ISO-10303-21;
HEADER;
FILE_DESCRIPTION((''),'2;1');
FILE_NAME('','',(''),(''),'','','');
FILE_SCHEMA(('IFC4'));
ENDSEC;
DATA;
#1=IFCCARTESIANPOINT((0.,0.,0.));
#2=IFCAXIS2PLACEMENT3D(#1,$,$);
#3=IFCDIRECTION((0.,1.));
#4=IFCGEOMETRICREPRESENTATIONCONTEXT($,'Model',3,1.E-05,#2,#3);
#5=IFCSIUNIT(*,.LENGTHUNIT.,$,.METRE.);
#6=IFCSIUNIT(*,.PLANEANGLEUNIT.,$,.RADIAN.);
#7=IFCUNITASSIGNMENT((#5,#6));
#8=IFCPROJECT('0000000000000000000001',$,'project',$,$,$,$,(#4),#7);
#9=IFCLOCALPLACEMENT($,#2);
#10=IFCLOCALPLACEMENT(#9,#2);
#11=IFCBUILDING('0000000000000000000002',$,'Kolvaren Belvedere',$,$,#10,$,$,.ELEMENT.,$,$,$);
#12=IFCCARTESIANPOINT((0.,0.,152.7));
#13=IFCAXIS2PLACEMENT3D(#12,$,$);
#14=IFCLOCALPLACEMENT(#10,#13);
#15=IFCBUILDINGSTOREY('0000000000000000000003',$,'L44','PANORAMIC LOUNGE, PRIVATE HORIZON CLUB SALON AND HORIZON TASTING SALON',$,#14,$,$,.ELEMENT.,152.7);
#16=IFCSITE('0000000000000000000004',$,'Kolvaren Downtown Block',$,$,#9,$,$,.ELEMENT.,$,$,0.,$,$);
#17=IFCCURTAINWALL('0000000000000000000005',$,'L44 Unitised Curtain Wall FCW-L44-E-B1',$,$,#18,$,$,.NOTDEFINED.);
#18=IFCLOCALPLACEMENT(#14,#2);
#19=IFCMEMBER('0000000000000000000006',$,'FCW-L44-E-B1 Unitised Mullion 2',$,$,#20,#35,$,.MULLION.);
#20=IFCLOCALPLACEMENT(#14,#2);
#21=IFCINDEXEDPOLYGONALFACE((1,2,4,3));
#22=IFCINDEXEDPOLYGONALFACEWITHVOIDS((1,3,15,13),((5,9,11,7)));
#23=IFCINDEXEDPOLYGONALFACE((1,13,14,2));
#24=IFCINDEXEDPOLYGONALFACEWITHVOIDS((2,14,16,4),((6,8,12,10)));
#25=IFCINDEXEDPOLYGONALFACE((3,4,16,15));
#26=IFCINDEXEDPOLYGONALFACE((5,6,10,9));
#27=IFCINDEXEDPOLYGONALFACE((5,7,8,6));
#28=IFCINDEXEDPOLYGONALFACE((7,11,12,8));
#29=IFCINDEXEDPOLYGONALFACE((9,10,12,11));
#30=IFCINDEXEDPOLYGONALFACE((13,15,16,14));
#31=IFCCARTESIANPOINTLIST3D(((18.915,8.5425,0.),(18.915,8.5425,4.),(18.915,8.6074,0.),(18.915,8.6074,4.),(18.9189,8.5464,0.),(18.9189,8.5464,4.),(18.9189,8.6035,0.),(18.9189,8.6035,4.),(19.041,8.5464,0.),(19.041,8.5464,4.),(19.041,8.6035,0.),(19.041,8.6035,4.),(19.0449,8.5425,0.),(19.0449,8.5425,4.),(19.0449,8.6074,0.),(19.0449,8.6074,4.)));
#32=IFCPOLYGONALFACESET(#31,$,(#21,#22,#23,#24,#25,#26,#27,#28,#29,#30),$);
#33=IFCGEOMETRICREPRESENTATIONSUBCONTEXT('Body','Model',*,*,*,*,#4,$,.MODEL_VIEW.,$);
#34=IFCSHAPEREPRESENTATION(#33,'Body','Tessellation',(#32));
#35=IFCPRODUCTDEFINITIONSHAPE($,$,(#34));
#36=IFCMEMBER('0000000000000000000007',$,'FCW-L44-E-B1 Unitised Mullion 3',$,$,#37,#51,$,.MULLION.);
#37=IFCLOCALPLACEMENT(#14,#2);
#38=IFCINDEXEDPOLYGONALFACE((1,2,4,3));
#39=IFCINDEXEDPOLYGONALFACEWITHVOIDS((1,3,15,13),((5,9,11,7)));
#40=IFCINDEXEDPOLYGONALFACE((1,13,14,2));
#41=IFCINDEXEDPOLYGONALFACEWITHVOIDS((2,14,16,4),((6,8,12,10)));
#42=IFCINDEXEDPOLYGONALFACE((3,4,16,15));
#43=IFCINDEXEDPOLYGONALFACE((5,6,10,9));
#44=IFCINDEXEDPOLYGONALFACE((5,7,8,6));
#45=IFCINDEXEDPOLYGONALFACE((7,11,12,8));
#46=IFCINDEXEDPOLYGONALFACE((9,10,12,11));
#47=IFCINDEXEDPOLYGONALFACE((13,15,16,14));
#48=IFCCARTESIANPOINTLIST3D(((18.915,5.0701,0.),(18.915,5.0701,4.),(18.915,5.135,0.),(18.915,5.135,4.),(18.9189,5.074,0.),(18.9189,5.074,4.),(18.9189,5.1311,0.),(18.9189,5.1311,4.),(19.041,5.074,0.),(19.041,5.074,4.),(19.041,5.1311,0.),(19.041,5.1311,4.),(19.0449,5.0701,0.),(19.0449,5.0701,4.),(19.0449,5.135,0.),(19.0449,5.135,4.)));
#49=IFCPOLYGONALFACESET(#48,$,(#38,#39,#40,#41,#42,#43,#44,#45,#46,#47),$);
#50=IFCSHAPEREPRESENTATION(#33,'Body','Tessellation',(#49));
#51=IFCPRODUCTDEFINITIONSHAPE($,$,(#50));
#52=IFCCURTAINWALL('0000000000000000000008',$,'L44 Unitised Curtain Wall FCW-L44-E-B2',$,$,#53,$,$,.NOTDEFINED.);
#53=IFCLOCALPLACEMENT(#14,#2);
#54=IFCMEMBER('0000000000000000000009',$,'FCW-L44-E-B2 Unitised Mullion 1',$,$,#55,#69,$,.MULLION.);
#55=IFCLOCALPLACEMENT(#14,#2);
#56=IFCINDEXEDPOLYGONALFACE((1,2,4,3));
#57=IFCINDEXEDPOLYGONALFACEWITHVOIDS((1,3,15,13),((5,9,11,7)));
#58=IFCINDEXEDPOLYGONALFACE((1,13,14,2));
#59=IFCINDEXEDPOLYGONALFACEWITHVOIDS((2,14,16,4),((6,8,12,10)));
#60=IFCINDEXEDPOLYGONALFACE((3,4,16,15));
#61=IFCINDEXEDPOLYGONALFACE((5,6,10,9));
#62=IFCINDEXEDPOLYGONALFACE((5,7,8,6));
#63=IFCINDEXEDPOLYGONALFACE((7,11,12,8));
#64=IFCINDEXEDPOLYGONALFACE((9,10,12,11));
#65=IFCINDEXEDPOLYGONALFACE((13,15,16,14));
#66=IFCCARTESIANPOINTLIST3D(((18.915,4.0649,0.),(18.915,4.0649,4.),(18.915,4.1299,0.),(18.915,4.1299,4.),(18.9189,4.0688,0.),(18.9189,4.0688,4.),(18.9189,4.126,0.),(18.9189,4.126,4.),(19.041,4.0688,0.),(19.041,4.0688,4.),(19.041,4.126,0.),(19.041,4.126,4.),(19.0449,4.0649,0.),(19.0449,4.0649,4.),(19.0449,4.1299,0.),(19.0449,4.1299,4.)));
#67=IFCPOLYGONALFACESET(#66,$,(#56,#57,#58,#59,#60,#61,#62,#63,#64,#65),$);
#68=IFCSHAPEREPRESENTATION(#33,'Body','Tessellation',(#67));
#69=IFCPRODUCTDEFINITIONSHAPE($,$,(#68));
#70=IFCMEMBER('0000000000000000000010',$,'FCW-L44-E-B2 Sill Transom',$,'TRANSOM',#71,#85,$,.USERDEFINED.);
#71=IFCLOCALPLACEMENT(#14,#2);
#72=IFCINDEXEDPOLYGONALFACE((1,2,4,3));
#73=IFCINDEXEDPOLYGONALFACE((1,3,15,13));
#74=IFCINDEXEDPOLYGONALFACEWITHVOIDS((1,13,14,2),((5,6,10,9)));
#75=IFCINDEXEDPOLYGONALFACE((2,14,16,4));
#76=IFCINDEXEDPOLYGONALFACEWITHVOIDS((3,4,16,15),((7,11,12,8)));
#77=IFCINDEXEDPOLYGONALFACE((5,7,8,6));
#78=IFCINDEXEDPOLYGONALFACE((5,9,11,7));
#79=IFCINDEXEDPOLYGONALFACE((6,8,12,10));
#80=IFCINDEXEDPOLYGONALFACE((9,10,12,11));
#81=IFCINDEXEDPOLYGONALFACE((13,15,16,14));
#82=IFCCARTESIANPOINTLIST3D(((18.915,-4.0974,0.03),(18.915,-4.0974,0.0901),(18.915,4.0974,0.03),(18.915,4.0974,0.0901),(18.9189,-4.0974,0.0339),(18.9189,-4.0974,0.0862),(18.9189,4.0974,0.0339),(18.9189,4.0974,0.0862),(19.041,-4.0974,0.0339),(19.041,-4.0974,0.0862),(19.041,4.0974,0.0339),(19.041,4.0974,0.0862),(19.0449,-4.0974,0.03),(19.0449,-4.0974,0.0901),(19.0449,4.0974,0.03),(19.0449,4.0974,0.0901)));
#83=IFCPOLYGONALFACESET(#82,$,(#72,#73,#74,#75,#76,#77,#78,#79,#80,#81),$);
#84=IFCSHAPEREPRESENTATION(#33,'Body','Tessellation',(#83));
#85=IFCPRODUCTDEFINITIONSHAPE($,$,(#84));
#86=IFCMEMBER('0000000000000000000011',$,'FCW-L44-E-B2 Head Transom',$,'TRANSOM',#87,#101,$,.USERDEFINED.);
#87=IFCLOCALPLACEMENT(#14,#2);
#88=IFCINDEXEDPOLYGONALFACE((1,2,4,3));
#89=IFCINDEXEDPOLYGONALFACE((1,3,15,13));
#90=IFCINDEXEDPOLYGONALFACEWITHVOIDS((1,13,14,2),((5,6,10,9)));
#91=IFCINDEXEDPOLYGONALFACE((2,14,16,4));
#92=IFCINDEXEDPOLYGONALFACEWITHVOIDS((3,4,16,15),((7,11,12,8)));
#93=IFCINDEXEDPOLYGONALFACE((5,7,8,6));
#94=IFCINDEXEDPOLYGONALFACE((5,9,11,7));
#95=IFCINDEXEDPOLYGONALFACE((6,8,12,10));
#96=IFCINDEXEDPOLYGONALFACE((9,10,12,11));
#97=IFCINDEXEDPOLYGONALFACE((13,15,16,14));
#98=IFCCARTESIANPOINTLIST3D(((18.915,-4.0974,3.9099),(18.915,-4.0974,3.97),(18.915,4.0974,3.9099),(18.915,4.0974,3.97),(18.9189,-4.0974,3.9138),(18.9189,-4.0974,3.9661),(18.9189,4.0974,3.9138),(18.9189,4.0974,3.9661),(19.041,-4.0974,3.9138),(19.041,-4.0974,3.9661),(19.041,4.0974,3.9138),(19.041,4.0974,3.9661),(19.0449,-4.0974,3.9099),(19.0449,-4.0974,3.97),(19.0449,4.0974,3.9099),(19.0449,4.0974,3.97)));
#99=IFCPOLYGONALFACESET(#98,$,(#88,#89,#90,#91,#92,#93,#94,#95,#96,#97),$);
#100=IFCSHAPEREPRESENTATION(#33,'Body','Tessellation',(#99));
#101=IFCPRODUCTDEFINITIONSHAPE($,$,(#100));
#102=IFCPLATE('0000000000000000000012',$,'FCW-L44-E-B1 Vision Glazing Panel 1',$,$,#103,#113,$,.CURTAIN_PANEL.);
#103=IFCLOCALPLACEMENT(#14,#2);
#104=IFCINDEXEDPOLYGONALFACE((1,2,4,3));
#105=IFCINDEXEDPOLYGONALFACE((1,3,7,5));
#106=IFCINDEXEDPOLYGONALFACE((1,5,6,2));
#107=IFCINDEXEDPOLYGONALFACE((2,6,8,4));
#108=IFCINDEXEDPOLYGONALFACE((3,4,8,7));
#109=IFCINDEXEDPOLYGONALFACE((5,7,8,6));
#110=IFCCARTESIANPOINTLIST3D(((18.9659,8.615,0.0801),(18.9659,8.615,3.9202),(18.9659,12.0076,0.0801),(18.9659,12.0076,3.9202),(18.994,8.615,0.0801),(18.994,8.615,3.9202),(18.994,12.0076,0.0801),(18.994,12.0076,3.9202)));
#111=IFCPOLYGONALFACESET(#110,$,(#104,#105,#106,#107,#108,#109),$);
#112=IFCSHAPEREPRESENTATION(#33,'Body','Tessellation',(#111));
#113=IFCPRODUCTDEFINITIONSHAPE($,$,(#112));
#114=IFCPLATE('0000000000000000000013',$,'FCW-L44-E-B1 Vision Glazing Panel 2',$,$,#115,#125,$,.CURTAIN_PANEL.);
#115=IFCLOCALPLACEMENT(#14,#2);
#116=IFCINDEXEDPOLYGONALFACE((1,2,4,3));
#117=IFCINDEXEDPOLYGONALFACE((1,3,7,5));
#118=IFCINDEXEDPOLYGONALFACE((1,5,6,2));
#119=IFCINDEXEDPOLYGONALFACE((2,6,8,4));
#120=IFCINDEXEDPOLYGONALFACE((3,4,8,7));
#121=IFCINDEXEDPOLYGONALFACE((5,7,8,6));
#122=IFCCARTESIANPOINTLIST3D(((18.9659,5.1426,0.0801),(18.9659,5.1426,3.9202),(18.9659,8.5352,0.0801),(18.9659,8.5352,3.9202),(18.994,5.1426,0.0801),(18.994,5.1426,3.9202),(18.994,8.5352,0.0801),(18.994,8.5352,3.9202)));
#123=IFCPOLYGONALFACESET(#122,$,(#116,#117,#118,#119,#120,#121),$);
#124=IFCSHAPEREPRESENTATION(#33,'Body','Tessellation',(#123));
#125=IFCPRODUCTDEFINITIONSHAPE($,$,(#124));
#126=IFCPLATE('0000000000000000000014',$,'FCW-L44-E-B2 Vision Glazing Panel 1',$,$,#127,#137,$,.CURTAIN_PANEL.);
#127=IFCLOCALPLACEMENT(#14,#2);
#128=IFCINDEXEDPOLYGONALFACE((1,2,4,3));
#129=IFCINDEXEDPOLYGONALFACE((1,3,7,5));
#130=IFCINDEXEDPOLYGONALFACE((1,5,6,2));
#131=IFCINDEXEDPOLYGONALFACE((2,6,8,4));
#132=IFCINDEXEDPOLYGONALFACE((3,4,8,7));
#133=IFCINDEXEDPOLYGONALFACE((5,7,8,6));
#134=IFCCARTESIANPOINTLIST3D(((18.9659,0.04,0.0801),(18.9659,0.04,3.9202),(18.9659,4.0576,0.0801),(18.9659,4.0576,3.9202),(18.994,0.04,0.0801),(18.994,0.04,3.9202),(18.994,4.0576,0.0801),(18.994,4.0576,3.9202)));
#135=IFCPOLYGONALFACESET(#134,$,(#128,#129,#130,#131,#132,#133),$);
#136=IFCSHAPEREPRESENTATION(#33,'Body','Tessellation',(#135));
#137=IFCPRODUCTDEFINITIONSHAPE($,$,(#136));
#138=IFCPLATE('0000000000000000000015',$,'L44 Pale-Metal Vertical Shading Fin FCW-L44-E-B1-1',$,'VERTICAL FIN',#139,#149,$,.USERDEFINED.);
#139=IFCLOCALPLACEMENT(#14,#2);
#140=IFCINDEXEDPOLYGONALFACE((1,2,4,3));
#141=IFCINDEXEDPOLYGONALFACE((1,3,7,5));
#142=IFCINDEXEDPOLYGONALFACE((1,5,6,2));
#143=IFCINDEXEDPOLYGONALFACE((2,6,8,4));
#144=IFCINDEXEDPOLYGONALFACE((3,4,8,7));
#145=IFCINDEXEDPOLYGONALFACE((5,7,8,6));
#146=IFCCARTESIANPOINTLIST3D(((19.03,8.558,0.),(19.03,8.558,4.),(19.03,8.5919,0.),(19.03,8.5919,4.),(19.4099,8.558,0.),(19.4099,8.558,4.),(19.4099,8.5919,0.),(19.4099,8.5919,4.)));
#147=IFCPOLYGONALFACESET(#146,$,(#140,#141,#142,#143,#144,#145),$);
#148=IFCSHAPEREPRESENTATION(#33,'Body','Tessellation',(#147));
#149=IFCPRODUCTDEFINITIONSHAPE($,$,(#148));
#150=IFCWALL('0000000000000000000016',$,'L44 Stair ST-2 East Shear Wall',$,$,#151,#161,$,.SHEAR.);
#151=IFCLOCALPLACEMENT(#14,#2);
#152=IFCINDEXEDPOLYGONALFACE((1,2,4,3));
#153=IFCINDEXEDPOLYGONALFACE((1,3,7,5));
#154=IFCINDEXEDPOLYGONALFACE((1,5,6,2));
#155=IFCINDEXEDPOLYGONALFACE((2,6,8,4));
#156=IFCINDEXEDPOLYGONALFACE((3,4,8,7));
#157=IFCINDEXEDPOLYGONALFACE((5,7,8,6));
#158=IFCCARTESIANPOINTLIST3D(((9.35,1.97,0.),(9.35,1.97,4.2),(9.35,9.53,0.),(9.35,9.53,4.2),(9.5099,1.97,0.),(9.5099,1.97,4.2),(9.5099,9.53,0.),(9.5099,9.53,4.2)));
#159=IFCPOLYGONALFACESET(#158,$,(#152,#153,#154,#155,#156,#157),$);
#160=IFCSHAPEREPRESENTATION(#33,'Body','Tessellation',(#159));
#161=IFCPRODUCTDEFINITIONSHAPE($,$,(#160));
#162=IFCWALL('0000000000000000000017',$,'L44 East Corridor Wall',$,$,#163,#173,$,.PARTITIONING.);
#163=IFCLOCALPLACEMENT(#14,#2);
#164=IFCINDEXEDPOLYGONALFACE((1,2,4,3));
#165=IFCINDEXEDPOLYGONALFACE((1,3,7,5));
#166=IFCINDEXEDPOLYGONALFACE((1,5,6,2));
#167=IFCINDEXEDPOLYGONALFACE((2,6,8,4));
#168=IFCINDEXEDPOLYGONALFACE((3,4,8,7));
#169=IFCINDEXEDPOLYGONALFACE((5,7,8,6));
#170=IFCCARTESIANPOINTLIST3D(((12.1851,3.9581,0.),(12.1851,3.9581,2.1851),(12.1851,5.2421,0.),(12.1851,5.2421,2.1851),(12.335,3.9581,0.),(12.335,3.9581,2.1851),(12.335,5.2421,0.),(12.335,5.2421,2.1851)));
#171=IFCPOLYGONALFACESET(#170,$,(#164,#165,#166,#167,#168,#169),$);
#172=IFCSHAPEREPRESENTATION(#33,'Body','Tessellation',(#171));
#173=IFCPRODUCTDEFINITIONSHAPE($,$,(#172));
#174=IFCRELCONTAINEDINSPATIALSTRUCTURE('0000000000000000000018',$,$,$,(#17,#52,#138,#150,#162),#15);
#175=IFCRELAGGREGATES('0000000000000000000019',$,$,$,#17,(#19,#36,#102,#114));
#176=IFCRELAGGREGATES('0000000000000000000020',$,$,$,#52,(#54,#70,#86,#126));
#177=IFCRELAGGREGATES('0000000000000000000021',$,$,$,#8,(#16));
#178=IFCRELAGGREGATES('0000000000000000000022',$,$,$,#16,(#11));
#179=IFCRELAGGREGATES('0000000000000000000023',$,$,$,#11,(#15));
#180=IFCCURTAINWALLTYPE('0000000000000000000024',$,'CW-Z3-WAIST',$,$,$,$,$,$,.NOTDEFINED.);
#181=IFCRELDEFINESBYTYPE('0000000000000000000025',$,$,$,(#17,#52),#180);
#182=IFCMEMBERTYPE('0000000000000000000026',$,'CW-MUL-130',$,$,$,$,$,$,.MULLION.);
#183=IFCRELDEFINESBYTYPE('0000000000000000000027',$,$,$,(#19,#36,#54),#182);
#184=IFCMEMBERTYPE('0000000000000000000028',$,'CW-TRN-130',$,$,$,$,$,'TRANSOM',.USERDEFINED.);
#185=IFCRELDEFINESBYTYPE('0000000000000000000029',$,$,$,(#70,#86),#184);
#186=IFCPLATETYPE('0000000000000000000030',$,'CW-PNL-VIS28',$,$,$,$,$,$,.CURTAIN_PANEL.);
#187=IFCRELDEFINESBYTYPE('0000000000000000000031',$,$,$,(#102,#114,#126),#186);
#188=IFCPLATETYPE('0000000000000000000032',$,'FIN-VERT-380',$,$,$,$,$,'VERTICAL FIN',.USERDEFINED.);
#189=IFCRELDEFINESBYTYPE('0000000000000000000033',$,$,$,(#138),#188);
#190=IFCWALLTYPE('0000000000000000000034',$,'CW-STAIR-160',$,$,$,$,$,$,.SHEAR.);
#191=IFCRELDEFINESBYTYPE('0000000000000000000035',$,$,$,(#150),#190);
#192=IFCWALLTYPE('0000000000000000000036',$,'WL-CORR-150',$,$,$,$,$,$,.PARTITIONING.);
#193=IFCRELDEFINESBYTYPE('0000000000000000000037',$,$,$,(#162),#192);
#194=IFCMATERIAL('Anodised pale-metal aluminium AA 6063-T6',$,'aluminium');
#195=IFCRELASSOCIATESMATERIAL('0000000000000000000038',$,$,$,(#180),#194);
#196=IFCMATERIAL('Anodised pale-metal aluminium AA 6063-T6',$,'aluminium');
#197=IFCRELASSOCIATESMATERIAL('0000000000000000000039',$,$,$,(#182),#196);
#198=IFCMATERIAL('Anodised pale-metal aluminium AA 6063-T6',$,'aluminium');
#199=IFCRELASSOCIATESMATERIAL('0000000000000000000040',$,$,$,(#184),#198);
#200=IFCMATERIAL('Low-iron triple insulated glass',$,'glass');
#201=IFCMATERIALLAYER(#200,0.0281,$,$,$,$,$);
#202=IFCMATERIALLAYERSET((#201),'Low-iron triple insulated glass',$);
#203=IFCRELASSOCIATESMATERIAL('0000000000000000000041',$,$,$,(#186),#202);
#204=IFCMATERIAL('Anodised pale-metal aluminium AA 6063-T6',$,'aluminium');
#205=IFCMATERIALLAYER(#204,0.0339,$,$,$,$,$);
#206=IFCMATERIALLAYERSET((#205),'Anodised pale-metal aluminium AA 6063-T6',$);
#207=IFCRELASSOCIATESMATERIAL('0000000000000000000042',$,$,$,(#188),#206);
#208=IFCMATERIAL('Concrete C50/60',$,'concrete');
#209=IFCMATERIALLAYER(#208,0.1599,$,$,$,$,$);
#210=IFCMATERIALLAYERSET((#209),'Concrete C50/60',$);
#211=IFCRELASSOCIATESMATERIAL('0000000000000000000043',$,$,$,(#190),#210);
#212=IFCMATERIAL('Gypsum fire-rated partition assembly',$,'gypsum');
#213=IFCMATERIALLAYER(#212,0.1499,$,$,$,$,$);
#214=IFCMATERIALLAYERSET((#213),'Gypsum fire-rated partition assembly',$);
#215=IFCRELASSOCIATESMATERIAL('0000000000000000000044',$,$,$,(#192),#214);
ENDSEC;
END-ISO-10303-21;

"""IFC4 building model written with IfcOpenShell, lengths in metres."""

from ifc_helpers import new_model, si_unit, direction, frame, frame_2d, origin, origin_2d, place, context, subcontext, project, spatial, rectangle, hollow_rectangle, extrude, material, layer, layer_set, material_profile, profile_set, type_object, element, aggregate, save


model = new_model("IFC4")

# Units and contexts
model_context = context("Model", 3, precision=1e-05, world=origin(), true_north=direction((0.0, 1.0)))
body_context = subcontext(model_context, "Body", "Model", "MODEL_VIEW")
ifc_project = project(units=[si_unit("LENGTHUNIT", "METRE"), si_unit("PLANEANGLEUNIT", "RADIAN")], contexts=[model_context])

# Site, building, storey
site_placement = place(None, origin())
site = spatial("IfcSite", under=ifc_project, at=site_placement, Name="Kolvaren Downtown Block", CompositionType="ELEMENT", RefElevation=0.0)
building_placement = place(site_placement, origin())
building = spatial("IfcBuilding", under=site, at=building_placement, Name="Kolvaren Belvedere", CompositionType="ELEMENT")
storey_placement = place(building_placement, frame((0.0, 0.0, 152.7)))
storey = spatial("IfcBuildingStorey", under=building, at=storey_placement, Name="L44", Description="PANORAMIC LOUNGE, PRIVATE HORIZON CLUB SALON AND HORIZON TASTING SALON", CompositionType="ELEMENT", Elevation=152.7)

# Curtain walls, members
ifc_material_1 = material(Name="Anodised pale-metal aluminium AA 6063-T6", Category="aluminium")
curtain_wall_type = type_object("IfcCurtainWallType", Name="CW-Z3-WAIST", PredefinedType="NOTDEFINED", material=ifc_material_1)
curtain_wall_1_placement = place(storey_placement, origin())
curtain_wall_1 = element("IfcCurtainWall", 1, at=curtain_wall_1_placement, inside=storey, type_object=curtain_wall_type, Name="L44 Unitised Curtain Wall FCW-L44-E-B1", PredefinedType="NOTDEFINED")
ifc_material_2 = material(Name="Anodised pale-metal aluminium AA 6063-T6", Category="aluminium")
ifc_material_profile_1 = material_profile(ifc_material_2, hollow_rectangle(XDim=0.0649, YDim=0.1299, WallThickness=0.0039, at=origin_2d()), Name="ALU-MUL-130X65")
ifc_profile_set_1 = profile_set([ifc_material_profile_1], Name="Anodised pale-metal aluminium AA 6063-T6")
member_type_1 = type_object("IfcMemberType", Name="CW-MUL-130", PredefinedType="MULLION", material=ifc_profile_set_1)
member_1_placement = place(storey_placement, frame((18.98, 8.575, 0.0), z_axis=(0.0, 0.0, 1.0), x_axis=(0.0, 1.0, 0.0)))
member_1 = element("IfcMember", 2, at=member_1_placement, type_object=member_type_1, Name="FCW-L44-E-B1 Unitised Mullion 2", PredefinedType="MULLION", context=body_context, shape_type="SweptSolid", body=[
    extrude(hollow_rectangle(XDim=0.0649, YDim=0.1299, WallThickness=0.0039, at=origin_2d()), origin(), (0.0, 0.0, 1.0), 4.0),
])
member_2_placement = place(storey_placement, frame((18.98, 5.1025, 0.0), z_axis=(0.0, 0.0, 1.0), x_axis=(0.0, 1.0, 0.0)))
member_2 = element("IfcMember", 3, at=member_2_placement, type_object=member_type_1, Name="FCW-L44-E-B1 Unitised Mullion 3", PredefinedType="MULLION", context=body_context, shape_type="SweptSolid", body=[
    extrude(hollow_rectangle(XDim=0.0649, YDim=0.1299, WallThickness=0.0039, at=origin_2d()), origin(), (0.0, 0.0, 1.0), 4.0),
])
curtain_wall_2_placement = place(storey_placement, origin())
curtain_wall_2 = element("IfcCurtainWall", 4, at=curtain_wall_2_placement, inside=storey, type_object=curtain_wall_type, Name="L44 Unitised Curtain Wall FCW-L44-E-B2", PredefinedType="NOTDEFINED")
member_3_placement = place(storey_placement, frame((18.98, 4.0974, 0.0), z_axis=(0.0, 0.0, 1.0), x_axis=(0.0, 1.0, 0.0)))
member_3 = element("IfcMember", 5, at=member_3_placement, type_object=member_type_1, Name="FCW-L44-E-B2 Unitised Mullion 1", PredefinedType="MULLION", context=body_context, shape_type="SweptSolid", body=[
    extrude(hollow_rectangle(XDim=0.0649, YDim=0.1299, WallThickness=0.0039, at=origin_2d()), origin(), (0.0, 0.0, 1.0), 4.0),
])
ifc_material_3 = material(Name="Anodised pale-metal aluminium AA 6063-T6", Category="aluminium")
ifc_material_profile_2 = material_profile(ifc_material_3, hollow_rectangle(XDim=0.0601, YDim=0.1299, WallThickness=0.0039, at=origin_2d()), Name="ALU-TRN-130X60")
ifc_profile_set_2 = profile_set([ifc_material_profile_2], Name="Anodised pale-metal aluminium AA 6063-T6")
member_type_2 = type_object("IfcMemberType", Name="CW-TRN-130", ElementType="TRANSOM", PredefinedType="USERDEFINED", material=ifc_profile_set_2)
member_4_placement = place(storey_placement, frame((18.98, 4.0974, 0.0601), z_axis=(0.0, -1.0, 0.0), x_axis=(0.0, 0.0, 1.0)))
member_4 = element("IfcMember", 6, at=member_4_placement, type_object=member_type_2, Name="FCW-L44-E-B2 Sill Transom", ObjectType="TRANSOM", PredefinedType="USERDEFINED", context=body_context, shape_type="SweptSolid", body=[
    extrude(hollow_rectangle(XDim=0.0601, YDim=0.1299, WallThickness=0.0039, at=origin_2d()), origin(), (0.0, 0.0, 1.0), 8.1948),
])
member_5_placement = place(storey_placement, frame((18.98, 4.0974, 3.9399), z_axis=(0.0, -1.0, 0.0), x_axis=(0.0, 0.0, 1.0)))
member_5 = element("IfcMember", 7, at=member_5_placement, type_object=member_type_2, Name="FCW-L44-E-B2 Head Transom", ObjectType="TRANSOM", PredefinedType="USERDEFINED", context=body_context, shape_type="SweptSolid", body=[
    extrude(hollow_rectangle(XDim=0.0601, YDim=0.1299, WallThickness=0.0039, at=origin_2d()), origin(), (0.0, 0.0, 1.0), 8.1948),
])

# Plates
ifc_material_4 = material(Name="Low-iron triple insulated glass", Category="glass")
ifc_layer_1 = layer(ifc_material_4, 0.0281)
ifc_layer_set_1 = layer_set([ifc_layer_1], Name="Low-iron triple insulated glass")
plate_type_1 = type_object("IfcPlateType", Name="CW-PNL-VIS28", PredefinedType="CURTAIN_PANEL", material=ifc_layer_set_1)
plate_1_placement = place(storey_placement, frame((18.98, 10.3113, 0.0801), z_axis=(0.0, 0.0, 1.0), x_axis=(0.0, -1.0, 0.0)))
plate_1 = element("IfcPlate", 8, at=plate_1_placement, type_object=plate_type_1, Name="FCW-L44-E-B1 Vision Glazing Panel 1", PredefinedType="CURTAIN_PANEL", context=body_context, shape_type="SweptSolid", body=[
    extrude(rectangle(XDim=3.3926, YDim=0.0281, at=origin_2d()), origin(), (0.0, 0.0, 1.0), 3.8401),
])
plate_2_placement = place(storey_placement, frame((18.98, 6.8389, 0.0801), z_axis=(0.0, 0.0, 1.0), x_axis=(0.0, -1.0, 0.0)))
plate_2 = element("IfcPlate", 9, at=plate_2_placement, type_object=plate_type_1, Name="FCW-L44-E-B1 Vision Glazing Panel 2", PredefinedType="CURTAIN_PANEL", context=body_context, shape_type="SweptSolid", body=[
    extrude(rectangle(XDim=3.3926, YDim=0.0281, at=origin_2d()), origin(), (0.0, 0.0, 1.0), 3.8401),
])
aggregate(curtain_wall_1, [member_1, member_2, plate_1, plate_2])
plate_3_placement = place(storey_placement, frame((18.98, 2.0488, 0.0801), z_axis=(0.0, 0.0, 1.0), x_axis=(0.0, -1.0, 0.0)))
plate_3 = element("IfcPlate", 10, at=plate_3_placement, type_object=plate_type_1, Name="FCW-L44-E-B2 Vision Glazing Panel 1", PredefinedType="CURTAIN_PANEL", context=body_context, shape_type="SweptSolid", body=[
    extrude(rectangle(XDim=4.0176, YDim=0.0281, at=origin_2d()), origin(), (0.0, 0.0, 1.0), 3.8401),
])
aggregate(curtain_wall_2, [member_3, member_4, member_5, plate_3])
ifc_material_5 = material(Name="Anodised pale-metal aluminium AA 6063-T6", Category="aluminium")
ifc_layer_2 = layer(ifc_material_5, 0.0339)
ifc_layer_set_2 = layer_set([ifc_layer_2], Name="Anodised pale-metal aluminium AA 6063-T6")
plate_type_2 = type_object("IfcPlateType", Name="FIN-VERT-380", ElementType="VERTICAL FIN", PredefinedType="USERDEFINED", material=ifc_layer_set_2)
plate_4_placement = place(storey_placement, frame((19.22, 8.575, 0.0), z_axis=(0.0, 0.0, 1.0), x_axis=(1.0, 0.0, 0.0)))
element("IfcPlate", 11, at=plate_4_placement, inside=storey, type_object=plate_type_2, Name="L44 Pale-Metal Vertical Shading Fin FCW-L44-E-B1-1", ObjectType="VERTICAL FIN", PredefinedType="USERDEFINED", context=body_context, shape_type="SweptSolid", body=[
    extrude(rectangle(XDim=0.3799, YDim=0.0339, at=origin_2d()), origin(), (0.0, 0.0, 1.0), 4.0),
])

# Walls
ifc_material_6 = material(Name="Concrete C50/60", Category="concrete")
ifc_layer_3 = layer(ifc_material_6, 0.1599)
ifc_layer_set_3 = layer_set([ifc_layer_3], Name="Concrete C50/60")
wall_type_1 = type_object("IfcWallType", Name="CW-STAIR-160", PredefinedType="SHEAR", material=ifc_layer_set_3)
wall_1_placement = place(storey_placement, frame((9.4299, 1.97, 0.0), z_axis=(0.0, 0.0, 1.0), x_axis=(0.0, 1.0, 0.0)))
element("IfcWall", 12, at=wall_1_placement, inside=storey, type_object=wall_type_1, Name="L44 Stair ST-2 East Shear Wall", PredefinedType="SHEAR", context=body_context, shape_type="SweptSolid", body=[
    extrude(rectangle(XDim=7.5601, YDim=0.1599, at=frame_2d((3.78, 0.0))), origin(), (0.0, 0.0, 1.0), 4.2),
])
ifc_material_7 = material(Name="Gypsum fire-rated partition assembly", Category="gypsum")
ifc_layer_4 = layer(ifc_material_7, 0.1499)
ifc_layer_set_4 = layer_set([ifc_layer_4], Name="Gypsum fire-rated partition assembly")
wall_type_2 = type_object("IfcWallType", Name="WL-CORR-150", PredefinedType="PARTITIONING", material=ifc_layer_set_4)
wall_2_placement = place(storey_placement, frame((12.26, 3.958, 0.0), z_axis=(0.0, 0.0, 1.0), x_axis=(0.0, 1.0, 0.0)))
element("IfcWall", 13, at=wall_2_placement, inside=storey, type_object=wall_type_2, Name="L44 East Corridor Wall", PredefinedType="PARTITIONING", context=body_context, shape_type="SweptSolid", body=[
    extrude(rectangle(XDim=1.2839, YDim=0.1499, at=frame_2d((0.6421, 0.0))), origin(), (0.0, 0.0, 1.0), 2.1851),
])

save(model, "model.ifc")
